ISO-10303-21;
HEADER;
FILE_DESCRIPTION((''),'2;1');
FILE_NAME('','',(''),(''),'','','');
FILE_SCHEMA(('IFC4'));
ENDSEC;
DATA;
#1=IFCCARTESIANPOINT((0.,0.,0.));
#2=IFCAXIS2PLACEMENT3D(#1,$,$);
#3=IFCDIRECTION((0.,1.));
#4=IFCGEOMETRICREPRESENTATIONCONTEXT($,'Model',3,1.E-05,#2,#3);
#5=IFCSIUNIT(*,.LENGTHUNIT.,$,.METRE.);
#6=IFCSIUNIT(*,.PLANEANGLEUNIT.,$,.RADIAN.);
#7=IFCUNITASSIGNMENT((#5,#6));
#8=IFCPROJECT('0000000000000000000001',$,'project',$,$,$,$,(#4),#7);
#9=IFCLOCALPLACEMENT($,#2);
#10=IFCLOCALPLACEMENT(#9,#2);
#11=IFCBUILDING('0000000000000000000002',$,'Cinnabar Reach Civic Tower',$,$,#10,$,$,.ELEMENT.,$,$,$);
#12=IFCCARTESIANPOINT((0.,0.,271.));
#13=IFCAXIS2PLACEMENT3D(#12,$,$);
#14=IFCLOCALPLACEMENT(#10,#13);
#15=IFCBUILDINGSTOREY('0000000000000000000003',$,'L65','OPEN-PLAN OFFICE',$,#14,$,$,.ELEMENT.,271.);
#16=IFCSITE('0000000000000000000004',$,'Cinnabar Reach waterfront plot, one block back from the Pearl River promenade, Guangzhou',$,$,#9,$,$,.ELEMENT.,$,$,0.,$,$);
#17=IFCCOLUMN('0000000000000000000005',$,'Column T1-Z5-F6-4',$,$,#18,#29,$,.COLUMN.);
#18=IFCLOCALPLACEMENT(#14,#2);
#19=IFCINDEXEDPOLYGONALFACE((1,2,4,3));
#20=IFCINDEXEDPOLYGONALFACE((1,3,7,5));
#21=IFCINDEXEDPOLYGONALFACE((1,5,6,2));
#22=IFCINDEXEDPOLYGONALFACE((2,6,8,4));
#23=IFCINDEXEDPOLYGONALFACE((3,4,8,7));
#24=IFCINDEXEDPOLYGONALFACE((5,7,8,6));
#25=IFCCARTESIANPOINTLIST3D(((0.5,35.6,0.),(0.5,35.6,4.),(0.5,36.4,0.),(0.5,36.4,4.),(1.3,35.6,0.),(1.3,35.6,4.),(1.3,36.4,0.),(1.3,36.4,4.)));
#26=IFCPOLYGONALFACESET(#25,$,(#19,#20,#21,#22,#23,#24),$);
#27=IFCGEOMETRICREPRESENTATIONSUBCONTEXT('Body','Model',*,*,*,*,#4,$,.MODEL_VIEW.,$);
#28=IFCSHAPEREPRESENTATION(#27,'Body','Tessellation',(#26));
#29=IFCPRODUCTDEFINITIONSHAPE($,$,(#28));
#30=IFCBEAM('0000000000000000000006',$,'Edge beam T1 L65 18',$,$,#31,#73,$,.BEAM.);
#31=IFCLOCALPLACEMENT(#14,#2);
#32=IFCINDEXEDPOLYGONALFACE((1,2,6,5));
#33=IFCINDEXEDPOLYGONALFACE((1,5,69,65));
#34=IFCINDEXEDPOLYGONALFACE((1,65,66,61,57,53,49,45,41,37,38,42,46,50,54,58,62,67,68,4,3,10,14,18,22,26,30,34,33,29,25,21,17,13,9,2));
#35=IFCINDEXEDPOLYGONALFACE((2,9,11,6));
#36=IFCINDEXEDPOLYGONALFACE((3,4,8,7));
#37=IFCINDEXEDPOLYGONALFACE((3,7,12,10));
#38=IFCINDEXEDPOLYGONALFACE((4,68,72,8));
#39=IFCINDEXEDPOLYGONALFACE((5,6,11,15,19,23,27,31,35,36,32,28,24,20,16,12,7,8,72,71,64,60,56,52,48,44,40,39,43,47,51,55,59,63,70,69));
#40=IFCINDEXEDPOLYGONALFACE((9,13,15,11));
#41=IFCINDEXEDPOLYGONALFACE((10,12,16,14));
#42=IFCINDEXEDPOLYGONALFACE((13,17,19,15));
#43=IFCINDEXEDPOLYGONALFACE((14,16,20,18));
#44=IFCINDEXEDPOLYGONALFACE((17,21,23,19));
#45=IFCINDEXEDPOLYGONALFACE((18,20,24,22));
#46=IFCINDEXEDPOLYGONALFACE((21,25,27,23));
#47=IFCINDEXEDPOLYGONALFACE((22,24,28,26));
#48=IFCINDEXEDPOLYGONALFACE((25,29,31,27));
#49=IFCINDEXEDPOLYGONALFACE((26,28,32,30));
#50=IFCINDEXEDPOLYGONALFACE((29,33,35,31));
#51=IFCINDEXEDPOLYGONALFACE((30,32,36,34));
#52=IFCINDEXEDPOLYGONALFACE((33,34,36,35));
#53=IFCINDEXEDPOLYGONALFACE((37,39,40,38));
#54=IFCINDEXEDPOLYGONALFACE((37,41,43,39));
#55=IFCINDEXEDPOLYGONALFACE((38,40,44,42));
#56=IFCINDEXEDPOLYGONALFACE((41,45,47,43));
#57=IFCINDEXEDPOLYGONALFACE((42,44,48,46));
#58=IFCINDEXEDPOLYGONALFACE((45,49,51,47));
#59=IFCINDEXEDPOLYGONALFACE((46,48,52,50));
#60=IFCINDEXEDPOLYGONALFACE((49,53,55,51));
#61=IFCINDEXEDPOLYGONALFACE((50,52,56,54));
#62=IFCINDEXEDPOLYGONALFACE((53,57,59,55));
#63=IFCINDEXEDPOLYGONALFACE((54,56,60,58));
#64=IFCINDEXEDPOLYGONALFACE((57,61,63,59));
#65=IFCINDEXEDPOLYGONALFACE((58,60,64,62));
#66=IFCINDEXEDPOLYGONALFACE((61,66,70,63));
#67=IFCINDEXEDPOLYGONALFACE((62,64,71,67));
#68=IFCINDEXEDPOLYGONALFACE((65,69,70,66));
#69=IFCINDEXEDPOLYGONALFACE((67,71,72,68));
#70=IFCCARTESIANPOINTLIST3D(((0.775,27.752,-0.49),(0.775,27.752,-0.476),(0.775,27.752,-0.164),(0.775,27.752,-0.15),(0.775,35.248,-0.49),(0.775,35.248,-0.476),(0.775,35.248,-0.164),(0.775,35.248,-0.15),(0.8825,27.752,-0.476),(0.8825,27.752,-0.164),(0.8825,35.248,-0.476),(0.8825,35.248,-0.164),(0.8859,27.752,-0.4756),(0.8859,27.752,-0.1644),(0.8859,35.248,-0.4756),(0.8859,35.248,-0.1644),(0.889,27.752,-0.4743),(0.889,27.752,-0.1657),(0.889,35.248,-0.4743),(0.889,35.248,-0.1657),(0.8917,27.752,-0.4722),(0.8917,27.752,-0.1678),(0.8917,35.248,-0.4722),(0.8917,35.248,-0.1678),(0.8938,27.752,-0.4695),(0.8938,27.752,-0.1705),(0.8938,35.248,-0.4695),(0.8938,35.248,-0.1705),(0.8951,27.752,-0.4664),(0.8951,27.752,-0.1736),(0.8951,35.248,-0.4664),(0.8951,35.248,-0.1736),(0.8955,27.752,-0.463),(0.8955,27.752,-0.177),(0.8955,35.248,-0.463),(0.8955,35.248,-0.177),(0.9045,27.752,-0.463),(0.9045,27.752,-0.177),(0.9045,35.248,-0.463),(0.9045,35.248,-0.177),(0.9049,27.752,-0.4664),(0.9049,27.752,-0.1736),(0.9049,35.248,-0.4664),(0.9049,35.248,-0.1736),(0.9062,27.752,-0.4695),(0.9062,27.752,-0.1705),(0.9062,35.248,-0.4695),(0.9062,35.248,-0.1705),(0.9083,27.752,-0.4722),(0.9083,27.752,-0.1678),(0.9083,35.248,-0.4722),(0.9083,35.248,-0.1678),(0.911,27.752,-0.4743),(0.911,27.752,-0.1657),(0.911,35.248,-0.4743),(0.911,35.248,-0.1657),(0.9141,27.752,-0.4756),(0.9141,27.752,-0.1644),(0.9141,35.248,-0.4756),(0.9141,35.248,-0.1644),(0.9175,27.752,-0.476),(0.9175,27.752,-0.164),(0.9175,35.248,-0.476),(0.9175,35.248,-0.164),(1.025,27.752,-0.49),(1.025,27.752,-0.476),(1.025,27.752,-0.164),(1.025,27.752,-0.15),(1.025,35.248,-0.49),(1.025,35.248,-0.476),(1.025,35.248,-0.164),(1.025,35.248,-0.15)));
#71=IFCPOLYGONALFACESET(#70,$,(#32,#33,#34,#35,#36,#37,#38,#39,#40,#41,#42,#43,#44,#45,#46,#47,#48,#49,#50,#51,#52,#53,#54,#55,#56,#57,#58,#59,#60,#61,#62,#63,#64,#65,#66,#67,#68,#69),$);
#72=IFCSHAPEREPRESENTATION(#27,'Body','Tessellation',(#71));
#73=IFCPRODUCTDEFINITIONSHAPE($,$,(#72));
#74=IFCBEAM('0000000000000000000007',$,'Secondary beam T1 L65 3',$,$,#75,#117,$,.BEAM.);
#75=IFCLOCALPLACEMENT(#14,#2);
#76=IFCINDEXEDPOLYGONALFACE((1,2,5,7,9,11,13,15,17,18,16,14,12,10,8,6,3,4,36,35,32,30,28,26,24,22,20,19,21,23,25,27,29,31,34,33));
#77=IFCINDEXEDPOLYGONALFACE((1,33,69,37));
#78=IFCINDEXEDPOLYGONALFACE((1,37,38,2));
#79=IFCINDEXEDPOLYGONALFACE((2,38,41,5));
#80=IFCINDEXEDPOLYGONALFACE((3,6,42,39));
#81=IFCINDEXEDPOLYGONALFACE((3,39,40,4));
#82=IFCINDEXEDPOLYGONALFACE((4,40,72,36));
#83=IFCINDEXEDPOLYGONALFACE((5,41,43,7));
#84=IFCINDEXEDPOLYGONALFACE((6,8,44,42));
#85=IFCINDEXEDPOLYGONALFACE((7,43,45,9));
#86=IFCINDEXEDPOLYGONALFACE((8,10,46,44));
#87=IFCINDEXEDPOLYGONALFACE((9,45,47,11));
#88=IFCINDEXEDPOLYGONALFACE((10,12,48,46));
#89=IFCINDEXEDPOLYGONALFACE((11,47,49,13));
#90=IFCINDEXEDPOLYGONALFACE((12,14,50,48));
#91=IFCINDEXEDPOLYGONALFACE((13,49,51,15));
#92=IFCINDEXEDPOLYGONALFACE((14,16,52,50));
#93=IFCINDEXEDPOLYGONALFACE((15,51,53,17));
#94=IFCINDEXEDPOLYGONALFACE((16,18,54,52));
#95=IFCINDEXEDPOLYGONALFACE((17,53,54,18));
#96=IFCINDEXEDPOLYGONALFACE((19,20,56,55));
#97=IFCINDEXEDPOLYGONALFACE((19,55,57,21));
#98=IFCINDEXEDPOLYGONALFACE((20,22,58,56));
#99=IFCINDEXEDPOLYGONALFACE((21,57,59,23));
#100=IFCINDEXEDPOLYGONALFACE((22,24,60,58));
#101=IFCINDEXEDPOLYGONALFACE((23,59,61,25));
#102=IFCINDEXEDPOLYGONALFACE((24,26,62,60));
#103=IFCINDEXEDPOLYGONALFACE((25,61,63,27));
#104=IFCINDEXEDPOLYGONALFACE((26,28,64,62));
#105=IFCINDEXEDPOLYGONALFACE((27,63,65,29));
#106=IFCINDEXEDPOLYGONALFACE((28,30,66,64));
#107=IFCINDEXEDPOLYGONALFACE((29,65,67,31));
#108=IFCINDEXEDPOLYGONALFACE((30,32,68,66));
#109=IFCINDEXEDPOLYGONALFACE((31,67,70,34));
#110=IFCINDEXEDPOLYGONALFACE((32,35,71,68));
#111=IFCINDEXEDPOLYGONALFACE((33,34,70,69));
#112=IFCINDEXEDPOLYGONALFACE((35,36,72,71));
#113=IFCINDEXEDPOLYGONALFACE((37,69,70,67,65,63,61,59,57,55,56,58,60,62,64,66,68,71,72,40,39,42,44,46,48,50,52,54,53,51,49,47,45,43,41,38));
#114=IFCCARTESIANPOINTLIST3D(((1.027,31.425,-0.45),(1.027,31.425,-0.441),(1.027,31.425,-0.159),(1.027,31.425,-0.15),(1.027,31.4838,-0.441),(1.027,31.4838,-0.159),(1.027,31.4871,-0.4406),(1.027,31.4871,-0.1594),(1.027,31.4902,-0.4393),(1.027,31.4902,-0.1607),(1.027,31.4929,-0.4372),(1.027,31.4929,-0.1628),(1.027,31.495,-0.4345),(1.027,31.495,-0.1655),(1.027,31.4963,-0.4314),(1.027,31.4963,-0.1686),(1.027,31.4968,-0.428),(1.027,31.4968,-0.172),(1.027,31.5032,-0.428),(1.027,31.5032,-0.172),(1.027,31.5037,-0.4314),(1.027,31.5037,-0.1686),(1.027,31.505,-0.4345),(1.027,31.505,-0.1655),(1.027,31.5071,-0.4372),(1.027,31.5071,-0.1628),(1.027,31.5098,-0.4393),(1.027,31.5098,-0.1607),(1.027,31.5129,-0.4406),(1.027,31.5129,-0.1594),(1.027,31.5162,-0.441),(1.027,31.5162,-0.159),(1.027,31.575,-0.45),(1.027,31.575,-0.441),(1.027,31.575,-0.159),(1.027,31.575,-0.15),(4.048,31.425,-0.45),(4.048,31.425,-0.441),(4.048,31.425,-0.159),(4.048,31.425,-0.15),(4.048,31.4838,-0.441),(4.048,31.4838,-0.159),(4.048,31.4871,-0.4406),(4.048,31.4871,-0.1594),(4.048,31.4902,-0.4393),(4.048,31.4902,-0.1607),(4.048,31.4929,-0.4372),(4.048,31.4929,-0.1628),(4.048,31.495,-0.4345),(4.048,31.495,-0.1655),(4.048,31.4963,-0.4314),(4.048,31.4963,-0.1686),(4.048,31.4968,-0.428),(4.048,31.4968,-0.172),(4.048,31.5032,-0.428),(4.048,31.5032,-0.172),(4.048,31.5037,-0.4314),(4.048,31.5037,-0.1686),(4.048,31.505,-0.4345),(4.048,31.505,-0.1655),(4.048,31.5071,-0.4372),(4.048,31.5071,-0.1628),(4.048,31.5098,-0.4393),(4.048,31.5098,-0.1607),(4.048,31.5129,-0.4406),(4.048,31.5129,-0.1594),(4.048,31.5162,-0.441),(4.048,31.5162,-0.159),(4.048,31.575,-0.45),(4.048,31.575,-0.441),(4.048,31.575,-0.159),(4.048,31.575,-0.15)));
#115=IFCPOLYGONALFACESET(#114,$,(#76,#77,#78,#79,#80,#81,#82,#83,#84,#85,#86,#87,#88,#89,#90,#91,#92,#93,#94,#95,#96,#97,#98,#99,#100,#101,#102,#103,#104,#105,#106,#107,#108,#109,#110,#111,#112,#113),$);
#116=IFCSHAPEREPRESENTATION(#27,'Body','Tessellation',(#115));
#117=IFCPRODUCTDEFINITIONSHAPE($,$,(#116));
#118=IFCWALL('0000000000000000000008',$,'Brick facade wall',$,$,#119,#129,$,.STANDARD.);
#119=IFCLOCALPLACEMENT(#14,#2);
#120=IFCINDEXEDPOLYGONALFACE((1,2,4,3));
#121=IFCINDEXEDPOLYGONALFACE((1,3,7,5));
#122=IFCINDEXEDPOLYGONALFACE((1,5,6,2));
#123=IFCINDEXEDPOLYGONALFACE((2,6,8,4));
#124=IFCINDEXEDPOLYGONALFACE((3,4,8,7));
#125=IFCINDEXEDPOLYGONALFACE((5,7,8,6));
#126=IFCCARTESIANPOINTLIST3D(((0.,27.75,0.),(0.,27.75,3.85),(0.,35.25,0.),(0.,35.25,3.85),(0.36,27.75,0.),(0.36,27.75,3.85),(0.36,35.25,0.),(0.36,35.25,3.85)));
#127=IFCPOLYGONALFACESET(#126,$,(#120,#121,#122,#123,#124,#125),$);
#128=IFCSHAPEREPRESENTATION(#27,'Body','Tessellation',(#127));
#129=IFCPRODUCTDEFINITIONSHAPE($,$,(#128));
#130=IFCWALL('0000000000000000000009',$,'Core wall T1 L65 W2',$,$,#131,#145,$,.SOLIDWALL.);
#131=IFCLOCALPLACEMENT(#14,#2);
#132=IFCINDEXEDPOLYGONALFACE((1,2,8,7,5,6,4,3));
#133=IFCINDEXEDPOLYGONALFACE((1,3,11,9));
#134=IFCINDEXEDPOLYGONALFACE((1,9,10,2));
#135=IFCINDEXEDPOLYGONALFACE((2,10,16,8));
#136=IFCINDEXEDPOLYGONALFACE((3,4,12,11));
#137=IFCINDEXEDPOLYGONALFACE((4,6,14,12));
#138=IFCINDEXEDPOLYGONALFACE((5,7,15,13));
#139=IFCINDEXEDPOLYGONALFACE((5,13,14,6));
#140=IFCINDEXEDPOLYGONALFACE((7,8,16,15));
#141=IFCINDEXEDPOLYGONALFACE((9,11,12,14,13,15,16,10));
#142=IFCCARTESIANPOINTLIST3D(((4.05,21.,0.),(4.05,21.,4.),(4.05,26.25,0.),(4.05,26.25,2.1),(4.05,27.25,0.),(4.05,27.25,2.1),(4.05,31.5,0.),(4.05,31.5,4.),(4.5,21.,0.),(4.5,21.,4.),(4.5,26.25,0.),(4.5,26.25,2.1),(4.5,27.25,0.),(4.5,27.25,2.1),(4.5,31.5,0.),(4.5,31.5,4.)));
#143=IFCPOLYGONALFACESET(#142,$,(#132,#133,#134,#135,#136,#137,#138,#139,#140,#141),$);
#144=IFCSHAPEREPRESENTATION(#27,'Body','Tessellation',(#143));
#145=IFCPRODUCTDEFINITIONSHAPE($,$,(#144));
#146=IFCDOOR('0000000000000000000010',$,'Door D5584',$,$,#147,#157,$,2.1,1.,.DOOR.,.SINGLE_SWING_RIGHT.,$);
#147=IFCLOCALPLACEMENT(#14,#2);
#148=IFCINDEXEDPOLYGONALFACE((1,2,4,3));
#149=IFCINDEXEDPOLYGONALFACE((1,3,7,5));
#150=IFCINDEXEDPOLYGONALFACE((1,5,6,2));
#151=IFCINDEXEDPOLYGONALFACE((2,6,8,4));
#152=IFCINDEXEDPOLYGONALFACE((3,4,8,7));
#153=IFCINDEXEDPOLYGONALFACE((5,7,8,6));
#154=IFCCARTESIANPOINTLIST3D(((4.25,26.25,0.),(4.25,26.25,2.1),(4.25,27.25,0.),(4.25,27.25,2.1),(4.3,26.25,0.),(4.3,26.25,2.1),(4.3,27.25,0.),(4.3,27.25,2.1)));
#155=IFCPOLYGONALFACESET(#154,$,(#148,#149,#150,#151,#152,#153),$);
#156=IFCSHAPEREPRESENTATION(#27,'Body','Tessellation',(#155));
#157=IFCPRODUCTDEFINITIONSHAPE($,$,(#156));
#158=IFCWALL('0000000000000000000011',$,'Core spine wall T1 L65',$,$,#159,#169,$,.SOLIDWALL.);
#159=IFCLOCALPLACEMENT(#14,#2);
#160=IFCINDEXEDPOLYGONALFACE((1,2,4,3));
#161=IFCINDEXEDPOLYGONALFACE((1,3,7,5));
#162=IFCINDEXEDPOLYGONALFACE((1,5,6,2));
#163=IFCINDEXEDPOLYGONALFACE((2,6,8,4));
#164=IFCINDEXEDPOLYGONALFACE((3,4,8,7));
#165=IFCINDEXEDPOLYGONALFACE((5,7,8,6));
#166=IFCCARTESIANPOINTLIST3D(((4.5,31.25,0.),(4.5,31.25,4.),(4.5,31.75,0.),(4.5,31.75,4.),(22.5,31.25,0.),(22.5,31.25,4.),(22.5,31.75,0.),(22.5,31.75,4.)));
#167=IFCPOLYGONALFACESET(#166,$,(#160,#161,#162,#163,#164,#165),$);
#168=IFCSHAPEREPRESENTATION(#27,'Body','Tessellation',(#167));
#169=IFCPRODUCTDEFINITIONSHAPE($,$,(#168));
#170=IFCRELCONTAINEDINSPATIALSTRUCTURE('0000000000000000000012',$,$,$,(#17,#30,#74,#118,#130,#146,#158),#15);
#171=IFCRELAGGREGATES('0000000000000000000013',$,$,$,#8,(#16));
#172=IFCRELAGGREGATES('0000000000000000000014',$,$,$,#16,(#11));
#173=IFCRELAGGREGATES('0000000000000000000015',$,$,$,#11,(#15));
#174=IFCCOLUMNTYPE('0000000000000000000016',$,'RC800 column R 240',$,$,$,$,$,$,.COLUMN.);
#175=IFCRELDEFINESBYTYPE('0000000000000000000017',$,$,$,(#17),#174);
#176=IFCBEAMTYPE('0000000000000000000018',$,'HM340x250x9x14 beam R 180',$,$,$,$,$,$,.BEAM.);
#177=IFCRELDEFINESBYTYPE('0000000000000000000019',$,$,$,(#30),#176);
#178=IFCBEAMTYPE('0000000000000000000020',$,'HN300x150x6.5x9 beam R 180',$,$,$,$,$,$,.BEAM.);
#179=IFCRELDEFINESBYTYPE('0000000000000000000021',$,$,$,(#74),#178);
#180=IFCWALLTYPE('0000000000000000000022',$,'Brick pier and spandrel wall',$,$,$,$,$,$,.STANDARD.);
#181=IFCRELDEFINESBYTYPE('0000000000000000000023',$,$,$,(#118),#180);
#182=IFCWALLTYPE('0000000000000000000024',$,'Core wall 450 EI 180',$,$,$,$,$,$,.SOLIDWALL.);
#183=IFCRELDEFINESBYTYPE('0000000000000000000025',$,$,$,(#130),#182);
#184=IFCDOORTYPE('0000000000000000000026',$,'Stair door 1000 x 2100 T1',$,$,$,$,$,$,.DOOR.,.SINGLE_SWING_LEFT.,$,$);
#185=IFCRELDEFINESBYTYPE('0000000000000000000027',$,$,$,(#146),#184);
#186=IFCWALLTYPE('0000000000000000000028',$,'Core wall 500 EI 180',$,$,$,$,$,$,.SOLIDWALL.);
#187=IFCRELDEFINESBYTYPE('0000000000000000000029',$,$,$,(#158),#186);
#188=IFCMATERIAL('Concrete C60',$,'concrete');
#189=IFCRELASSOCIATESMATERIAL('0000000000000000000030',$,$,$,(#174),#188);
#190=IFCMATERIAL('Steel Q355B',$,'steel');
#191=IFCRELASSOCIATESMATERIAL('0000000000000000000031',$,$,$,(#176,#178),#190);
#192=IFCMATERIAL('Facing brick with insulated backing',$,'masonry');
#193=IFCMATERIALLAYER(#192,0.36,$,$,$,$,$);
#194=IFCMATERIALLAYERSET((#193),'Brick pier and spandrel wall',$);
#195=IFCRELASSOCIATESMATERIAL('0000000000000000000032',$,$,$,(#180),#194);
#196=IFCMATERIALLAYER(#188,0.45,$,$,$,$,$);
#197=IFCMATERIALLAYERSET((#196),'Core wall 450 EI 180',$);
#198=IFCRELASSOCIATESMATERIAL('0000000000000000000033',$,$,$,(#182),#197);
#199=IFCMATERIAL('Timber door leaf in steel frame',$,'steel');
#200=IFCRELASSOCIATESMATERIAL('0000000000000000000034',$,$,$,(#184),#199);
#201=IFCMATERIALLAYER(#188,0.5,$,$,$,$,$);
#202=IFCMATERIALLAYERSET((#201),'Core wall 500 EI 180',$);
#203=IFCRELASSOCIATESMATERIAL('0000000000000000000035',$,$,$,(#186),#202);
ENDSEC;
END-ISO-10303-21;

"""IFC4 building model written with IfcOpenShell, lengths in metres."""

from ifc_helpers import new_model, si_unit, direction, frame, frame_2d, origin, origin_2d, place, context, subcontext, project, spatial, rectangle, i_section, extrude, material, layer, layer_set, material_profile, profile_set, type_object, element, fill, save


model = new_model("IFC4")

# Units and contexts
model_context = context("Model", 3, precision=1e-05, world=origin(), true_north=direction((0.0, 1.0)))
body_context = subcontext(model_context, "Body", "Model", "MODEL_VIEW")
ifc_project = project(units=[si_unit("LENGTHUNIT", "METRE"), si_unit("PLANEANGLEUNIT", "RADIAN")], contexts=[model_context])

# Site, building, storey
site_placement = place(None, origin())
site = spatial("IfcSite", under=ifc_project, at=site_placement, Name="Cinnabar Reach waterfront plot, one block back from the Pearl River promenade, Guangzhou", CompositionType="ELEMENT", RefElevation=0.0)
building_placement = place(site_placement, origin())
building = spatial("IfcBuilding", under=site, at=building_placement, Name="Cinnabar Reach Civic Tower", CompositionType="ELEMENT")
storey_placement = place(building_placement, frame((0.0, 0.0, 271.0)))
storey = spatial("IfcBuildingStorey", under=building, at=storey_placement, Name="L65", Description="OPEN-PLAN OFFICE", CompositionType="ELEMENT", Elevation=271.0)

# Column
ifc_material_1 = material(Name="Concrete C60", Category="concrete")
ifc_material_profile_1 = material_profile(ifc_material_1, rectangle(XDim=0.8, YDim=0.8, at=origin_2d()), Name="RC800")
ifc_profile_set_1 = profile_set([ifc_material_profile_1], Name="Concrete C60")
column_type = type_object("IfcColumnType", Name="RC800 column R 240", PredefinedType="COLUMN", material=ifc_profile_set_1)
column_placement = place(storey_placement, frame((0.9, 36.0, 0.0), z_axis=(0.0, 0.0, 1.0), x_axis=(1.0, 0.0, 0.0)))
element("IfcColumn", 1, at=column_placement, inside=storey, type_object=column_type, Name="Column T1-Z5-F6-4", PredefinedType="COLUMN", context=body_context, shape_type="SweptSolid", body=[
    extrude(rectangle(XDim=0.8, YDim=0.8, at=origin_2d()), origin(), (0.0, 0.0, 1.0), 4.0),
])

# Beams
ifc_material_2 = material(Name="Steel Q355B", Category="steel")
ifc_material_profile_2 = material_profile(ifc_material_2, i_section(OverallWidth=0.25, OverallDepth=0.34, WebThickness=0.009, FlangeThickness=0.014, FilletRadius=0.013, at=origin_2d()), Name="HM340x250x9x14")
ifc_profile_set_2 = profile_set([ifc_material_profile_2], Name="Steel Q355B")
beam_type_1 = type_object("IfcBeamType", Name="HM340x250x9x14 beam R 180", PredefinedType="BEAM", material=ifc_profile_set_2)
beam_1_placement = place(storey_placement, frame((0.9, 35.248, -0.32), z_axis=(0.0, -1.0, 0.0), x_axis=(1.0, 0.0, 0.0)))
element("IfcBeam", 2, at=beam_1_placement, inside=storey, type_object=beam_type_1, Name="Edge beam T1 L65 18", PredefinedType="BEAM", context=body_context, shape_type="SweptSolid", body=[
    extrude(i_section(OverallWidth=0.25, OverallDepth=0.34, WebThickness=0.009, FlangeThickness=0.014, FilletRadius=0.013, at=origin_2d()), origin(), (0.0, 0.0, 1.0), 7.496),
])
ifc_material_profile_3 = material_profile(ifc_material_2, i_section(OverallWidth=0.15, OverallDepth=0.3, WebThickness=0.0065, FlangeThickness=0.009, FilletRadius=0.013, at=origin_2d()), Name="HN300x150x6.5x9")
ifc_profile_set_3 = profile_set([ifc_material_profile_3], Name="Steel Q355B")
beam_type_2 = type_object("IfcBeamType", Name="HN300x150x6.5x9 beam R 180", PredefinedType="BEAM", material=ifc_profile_set_3)
beam_2_placement = place(storey_placement, frame((1.027, 31.5, -0.3), z_axis=(1.0, 0.0, 0.0), x_axis=(0.0, 1.0, 0.0)))
element("IfcBeam", 3, at=beam_2_placement, inside=storey, type_object=beam_type_2, Name="Secondary beam T1 L65 3", PredefinedType="BEAM", context=body_context, shape_type="SweptSolid", body=[
    extrude(i_section(OverallWidth=0.15, OverallDepth=0.3, WebThickness=0.0065, FlangeThickness=0.009, FilletRadius=0.013, at=origin_2d()), origin(), (0.0, 0.0, 1.0), 3.021),
])

# Wall
ifc_material_3 = material(Name="Facing brick with insulated backing", Category="masonry")
ifc_layer_1 = layer(ifc_material_3, 0.36)
ifc_layer_set_1 = layer_set([ifc_layer_1], Name="Brick pier and spandrel wall")
wall_type_1 = type_object("IfcWallType", Name="Brick pier and spandrel wall", PredefinedType="STANDARD", material=ifc_layer_set_1)
wall_1_placement = place(storey_placement, frame((0.18, 35.25, 0.0), z_axis=(0.0, 0.0, 1.0), x_axis=(0.0, -1.0, 0.0)))
element("IfcWall", 4, at=wall_1_placement, inside=storey, type_object=wall_type_1, Name="Brick facade wall", PredefinedType="STANDARD", context=body_context, shape_type="SweptSolid", body=[
    extrude(rectangle(XDim=7.5, YDim=0.36, at=frame_2d((3.75, 0.0))), origin(), (0.0, 0.0, 1.0), 3.85),
])

# Wall, opening, door
ifc_layer_2 = layer(ifc_material_1, 0.45)
ifc_layer_set_2 = layer_set([ifc_layer_2], Name="Core wall 450 EI 180")
wall_type_2 = type_object("IfcWallType", Name="Core wall 450 EI 180", PredefinedType="SOLIDWALL", material=ifc_layer_set_2)
wall_2_placement = place(storey_placement, frame((4.275, 31.5, 0.0), z_axis=(0.0, 0.0, 1.0), x_axis=(0.0, -1.0, 0.0)))
wall_2 = element("IfcWall", 5, at=wall_2_placement, inside=storey, type_object=wall_type_2, Name="Core wall T1 L65 W2", PredefinedType="SOLIDWALL", context=body_context, shape_type="SweptSolid", body=[
    extrude(rectangle(XDim=10.5, YDim=0.45, at=frame_2d((5.25, 0.0))), origin(), (0.0, 0.0, 1.0), 4.0),
])
opening_1_placement = place(wall_2_placement, frame((4.25, 0.0, 0.0)))
opening_1 = element("IfcOpeningElement", 6, at=opening_1_placement, cuts=wall_2, PredefinedType="OPENING", context=body_context, shape_type="SweptSolid", body=[
    extrude(rectangle(XDim=1.0, YDim=2.1, at=frame_2d((0.5, 1.05))), frame((0.0, 0.235, 0.0), z_axis=(0.0, -1.0, 0.0), x_axis=(1.0, 0.0, 0.0)), (0.0, 0.0, 1.0), 0.47),
])
ifc_material_4 = material(Name="Timber door leaf in steel frame", Category="steel")
door_type_1 = type_object("IfcDoorType", Name="Stair door 1000 x 2100 T1", OperationType="SINGLE_SWING_LEFT", PredefinedType="DOOR", material=ifc_material_4)
door_1_placement = place(opening_1_placement, frame((1.0, 0.0, 0.0), z_axis=(0.0, 0.0, 1.0), x_axis=(-1.0, 0.0, 0.0)))
door_1 = element("IfcDoor", 7, at=door_1_placement, inside=storey, type_object=door_type_1, Name="Door D5584", OperationType="SINGLE_SWING_RIGHT", OverallHeight=2.1, OverallWidth=1.0, PredefinedType="DOOR", context=body_context, shape_type="SweptSolid", body=[
    extrude(rectangle(XDim=1.0, YDim=2.1, at=frame_2d((0.5, 1.05))), frame((0.0, 0.025, 0.0), z_axis=(0.0, -1.0, 0.0), x_axis=(1.0, 0.0, 0.0)), (0.0, 0.0, 1.0), 0.05),
])
fill(opening_1, door_1)

# Wall
ifc_layer_3 = layer(ifc_material_1, 0.5)
ifc_layer_set_3 = layer_set([ifc_layer_3], Name="Core wall 500 EI 180")
wall_type_3 = type_object("IfcWallType", Name="Core wall 500 EI 180", PredefinedType="SOLIDWALL", material=ifc_layer_set_3)
wall_3_placement = place(storey_placement, frame((4.5, 31.5, 0.0), z_axis=(0.0, 0.0, 1.0), x_axis=(1.0, 0.0, 0.0)))
element("IfcWall", 8, at=wall_3_placement, inside=storey, type_object=wall_type_3, Name="Core spine wall T1 L65", PredefinedType="SOLIDWALL", context=body_context, shape_type="SweptSolid", body=[
    extrude(rectangle(XDim=18.0, YDim=0.5, at=frame_2d((9.0, 0.0))), origin(), (0.0, 0.0, 1.0), 4.0),
])

save(model, "model.ifc")
